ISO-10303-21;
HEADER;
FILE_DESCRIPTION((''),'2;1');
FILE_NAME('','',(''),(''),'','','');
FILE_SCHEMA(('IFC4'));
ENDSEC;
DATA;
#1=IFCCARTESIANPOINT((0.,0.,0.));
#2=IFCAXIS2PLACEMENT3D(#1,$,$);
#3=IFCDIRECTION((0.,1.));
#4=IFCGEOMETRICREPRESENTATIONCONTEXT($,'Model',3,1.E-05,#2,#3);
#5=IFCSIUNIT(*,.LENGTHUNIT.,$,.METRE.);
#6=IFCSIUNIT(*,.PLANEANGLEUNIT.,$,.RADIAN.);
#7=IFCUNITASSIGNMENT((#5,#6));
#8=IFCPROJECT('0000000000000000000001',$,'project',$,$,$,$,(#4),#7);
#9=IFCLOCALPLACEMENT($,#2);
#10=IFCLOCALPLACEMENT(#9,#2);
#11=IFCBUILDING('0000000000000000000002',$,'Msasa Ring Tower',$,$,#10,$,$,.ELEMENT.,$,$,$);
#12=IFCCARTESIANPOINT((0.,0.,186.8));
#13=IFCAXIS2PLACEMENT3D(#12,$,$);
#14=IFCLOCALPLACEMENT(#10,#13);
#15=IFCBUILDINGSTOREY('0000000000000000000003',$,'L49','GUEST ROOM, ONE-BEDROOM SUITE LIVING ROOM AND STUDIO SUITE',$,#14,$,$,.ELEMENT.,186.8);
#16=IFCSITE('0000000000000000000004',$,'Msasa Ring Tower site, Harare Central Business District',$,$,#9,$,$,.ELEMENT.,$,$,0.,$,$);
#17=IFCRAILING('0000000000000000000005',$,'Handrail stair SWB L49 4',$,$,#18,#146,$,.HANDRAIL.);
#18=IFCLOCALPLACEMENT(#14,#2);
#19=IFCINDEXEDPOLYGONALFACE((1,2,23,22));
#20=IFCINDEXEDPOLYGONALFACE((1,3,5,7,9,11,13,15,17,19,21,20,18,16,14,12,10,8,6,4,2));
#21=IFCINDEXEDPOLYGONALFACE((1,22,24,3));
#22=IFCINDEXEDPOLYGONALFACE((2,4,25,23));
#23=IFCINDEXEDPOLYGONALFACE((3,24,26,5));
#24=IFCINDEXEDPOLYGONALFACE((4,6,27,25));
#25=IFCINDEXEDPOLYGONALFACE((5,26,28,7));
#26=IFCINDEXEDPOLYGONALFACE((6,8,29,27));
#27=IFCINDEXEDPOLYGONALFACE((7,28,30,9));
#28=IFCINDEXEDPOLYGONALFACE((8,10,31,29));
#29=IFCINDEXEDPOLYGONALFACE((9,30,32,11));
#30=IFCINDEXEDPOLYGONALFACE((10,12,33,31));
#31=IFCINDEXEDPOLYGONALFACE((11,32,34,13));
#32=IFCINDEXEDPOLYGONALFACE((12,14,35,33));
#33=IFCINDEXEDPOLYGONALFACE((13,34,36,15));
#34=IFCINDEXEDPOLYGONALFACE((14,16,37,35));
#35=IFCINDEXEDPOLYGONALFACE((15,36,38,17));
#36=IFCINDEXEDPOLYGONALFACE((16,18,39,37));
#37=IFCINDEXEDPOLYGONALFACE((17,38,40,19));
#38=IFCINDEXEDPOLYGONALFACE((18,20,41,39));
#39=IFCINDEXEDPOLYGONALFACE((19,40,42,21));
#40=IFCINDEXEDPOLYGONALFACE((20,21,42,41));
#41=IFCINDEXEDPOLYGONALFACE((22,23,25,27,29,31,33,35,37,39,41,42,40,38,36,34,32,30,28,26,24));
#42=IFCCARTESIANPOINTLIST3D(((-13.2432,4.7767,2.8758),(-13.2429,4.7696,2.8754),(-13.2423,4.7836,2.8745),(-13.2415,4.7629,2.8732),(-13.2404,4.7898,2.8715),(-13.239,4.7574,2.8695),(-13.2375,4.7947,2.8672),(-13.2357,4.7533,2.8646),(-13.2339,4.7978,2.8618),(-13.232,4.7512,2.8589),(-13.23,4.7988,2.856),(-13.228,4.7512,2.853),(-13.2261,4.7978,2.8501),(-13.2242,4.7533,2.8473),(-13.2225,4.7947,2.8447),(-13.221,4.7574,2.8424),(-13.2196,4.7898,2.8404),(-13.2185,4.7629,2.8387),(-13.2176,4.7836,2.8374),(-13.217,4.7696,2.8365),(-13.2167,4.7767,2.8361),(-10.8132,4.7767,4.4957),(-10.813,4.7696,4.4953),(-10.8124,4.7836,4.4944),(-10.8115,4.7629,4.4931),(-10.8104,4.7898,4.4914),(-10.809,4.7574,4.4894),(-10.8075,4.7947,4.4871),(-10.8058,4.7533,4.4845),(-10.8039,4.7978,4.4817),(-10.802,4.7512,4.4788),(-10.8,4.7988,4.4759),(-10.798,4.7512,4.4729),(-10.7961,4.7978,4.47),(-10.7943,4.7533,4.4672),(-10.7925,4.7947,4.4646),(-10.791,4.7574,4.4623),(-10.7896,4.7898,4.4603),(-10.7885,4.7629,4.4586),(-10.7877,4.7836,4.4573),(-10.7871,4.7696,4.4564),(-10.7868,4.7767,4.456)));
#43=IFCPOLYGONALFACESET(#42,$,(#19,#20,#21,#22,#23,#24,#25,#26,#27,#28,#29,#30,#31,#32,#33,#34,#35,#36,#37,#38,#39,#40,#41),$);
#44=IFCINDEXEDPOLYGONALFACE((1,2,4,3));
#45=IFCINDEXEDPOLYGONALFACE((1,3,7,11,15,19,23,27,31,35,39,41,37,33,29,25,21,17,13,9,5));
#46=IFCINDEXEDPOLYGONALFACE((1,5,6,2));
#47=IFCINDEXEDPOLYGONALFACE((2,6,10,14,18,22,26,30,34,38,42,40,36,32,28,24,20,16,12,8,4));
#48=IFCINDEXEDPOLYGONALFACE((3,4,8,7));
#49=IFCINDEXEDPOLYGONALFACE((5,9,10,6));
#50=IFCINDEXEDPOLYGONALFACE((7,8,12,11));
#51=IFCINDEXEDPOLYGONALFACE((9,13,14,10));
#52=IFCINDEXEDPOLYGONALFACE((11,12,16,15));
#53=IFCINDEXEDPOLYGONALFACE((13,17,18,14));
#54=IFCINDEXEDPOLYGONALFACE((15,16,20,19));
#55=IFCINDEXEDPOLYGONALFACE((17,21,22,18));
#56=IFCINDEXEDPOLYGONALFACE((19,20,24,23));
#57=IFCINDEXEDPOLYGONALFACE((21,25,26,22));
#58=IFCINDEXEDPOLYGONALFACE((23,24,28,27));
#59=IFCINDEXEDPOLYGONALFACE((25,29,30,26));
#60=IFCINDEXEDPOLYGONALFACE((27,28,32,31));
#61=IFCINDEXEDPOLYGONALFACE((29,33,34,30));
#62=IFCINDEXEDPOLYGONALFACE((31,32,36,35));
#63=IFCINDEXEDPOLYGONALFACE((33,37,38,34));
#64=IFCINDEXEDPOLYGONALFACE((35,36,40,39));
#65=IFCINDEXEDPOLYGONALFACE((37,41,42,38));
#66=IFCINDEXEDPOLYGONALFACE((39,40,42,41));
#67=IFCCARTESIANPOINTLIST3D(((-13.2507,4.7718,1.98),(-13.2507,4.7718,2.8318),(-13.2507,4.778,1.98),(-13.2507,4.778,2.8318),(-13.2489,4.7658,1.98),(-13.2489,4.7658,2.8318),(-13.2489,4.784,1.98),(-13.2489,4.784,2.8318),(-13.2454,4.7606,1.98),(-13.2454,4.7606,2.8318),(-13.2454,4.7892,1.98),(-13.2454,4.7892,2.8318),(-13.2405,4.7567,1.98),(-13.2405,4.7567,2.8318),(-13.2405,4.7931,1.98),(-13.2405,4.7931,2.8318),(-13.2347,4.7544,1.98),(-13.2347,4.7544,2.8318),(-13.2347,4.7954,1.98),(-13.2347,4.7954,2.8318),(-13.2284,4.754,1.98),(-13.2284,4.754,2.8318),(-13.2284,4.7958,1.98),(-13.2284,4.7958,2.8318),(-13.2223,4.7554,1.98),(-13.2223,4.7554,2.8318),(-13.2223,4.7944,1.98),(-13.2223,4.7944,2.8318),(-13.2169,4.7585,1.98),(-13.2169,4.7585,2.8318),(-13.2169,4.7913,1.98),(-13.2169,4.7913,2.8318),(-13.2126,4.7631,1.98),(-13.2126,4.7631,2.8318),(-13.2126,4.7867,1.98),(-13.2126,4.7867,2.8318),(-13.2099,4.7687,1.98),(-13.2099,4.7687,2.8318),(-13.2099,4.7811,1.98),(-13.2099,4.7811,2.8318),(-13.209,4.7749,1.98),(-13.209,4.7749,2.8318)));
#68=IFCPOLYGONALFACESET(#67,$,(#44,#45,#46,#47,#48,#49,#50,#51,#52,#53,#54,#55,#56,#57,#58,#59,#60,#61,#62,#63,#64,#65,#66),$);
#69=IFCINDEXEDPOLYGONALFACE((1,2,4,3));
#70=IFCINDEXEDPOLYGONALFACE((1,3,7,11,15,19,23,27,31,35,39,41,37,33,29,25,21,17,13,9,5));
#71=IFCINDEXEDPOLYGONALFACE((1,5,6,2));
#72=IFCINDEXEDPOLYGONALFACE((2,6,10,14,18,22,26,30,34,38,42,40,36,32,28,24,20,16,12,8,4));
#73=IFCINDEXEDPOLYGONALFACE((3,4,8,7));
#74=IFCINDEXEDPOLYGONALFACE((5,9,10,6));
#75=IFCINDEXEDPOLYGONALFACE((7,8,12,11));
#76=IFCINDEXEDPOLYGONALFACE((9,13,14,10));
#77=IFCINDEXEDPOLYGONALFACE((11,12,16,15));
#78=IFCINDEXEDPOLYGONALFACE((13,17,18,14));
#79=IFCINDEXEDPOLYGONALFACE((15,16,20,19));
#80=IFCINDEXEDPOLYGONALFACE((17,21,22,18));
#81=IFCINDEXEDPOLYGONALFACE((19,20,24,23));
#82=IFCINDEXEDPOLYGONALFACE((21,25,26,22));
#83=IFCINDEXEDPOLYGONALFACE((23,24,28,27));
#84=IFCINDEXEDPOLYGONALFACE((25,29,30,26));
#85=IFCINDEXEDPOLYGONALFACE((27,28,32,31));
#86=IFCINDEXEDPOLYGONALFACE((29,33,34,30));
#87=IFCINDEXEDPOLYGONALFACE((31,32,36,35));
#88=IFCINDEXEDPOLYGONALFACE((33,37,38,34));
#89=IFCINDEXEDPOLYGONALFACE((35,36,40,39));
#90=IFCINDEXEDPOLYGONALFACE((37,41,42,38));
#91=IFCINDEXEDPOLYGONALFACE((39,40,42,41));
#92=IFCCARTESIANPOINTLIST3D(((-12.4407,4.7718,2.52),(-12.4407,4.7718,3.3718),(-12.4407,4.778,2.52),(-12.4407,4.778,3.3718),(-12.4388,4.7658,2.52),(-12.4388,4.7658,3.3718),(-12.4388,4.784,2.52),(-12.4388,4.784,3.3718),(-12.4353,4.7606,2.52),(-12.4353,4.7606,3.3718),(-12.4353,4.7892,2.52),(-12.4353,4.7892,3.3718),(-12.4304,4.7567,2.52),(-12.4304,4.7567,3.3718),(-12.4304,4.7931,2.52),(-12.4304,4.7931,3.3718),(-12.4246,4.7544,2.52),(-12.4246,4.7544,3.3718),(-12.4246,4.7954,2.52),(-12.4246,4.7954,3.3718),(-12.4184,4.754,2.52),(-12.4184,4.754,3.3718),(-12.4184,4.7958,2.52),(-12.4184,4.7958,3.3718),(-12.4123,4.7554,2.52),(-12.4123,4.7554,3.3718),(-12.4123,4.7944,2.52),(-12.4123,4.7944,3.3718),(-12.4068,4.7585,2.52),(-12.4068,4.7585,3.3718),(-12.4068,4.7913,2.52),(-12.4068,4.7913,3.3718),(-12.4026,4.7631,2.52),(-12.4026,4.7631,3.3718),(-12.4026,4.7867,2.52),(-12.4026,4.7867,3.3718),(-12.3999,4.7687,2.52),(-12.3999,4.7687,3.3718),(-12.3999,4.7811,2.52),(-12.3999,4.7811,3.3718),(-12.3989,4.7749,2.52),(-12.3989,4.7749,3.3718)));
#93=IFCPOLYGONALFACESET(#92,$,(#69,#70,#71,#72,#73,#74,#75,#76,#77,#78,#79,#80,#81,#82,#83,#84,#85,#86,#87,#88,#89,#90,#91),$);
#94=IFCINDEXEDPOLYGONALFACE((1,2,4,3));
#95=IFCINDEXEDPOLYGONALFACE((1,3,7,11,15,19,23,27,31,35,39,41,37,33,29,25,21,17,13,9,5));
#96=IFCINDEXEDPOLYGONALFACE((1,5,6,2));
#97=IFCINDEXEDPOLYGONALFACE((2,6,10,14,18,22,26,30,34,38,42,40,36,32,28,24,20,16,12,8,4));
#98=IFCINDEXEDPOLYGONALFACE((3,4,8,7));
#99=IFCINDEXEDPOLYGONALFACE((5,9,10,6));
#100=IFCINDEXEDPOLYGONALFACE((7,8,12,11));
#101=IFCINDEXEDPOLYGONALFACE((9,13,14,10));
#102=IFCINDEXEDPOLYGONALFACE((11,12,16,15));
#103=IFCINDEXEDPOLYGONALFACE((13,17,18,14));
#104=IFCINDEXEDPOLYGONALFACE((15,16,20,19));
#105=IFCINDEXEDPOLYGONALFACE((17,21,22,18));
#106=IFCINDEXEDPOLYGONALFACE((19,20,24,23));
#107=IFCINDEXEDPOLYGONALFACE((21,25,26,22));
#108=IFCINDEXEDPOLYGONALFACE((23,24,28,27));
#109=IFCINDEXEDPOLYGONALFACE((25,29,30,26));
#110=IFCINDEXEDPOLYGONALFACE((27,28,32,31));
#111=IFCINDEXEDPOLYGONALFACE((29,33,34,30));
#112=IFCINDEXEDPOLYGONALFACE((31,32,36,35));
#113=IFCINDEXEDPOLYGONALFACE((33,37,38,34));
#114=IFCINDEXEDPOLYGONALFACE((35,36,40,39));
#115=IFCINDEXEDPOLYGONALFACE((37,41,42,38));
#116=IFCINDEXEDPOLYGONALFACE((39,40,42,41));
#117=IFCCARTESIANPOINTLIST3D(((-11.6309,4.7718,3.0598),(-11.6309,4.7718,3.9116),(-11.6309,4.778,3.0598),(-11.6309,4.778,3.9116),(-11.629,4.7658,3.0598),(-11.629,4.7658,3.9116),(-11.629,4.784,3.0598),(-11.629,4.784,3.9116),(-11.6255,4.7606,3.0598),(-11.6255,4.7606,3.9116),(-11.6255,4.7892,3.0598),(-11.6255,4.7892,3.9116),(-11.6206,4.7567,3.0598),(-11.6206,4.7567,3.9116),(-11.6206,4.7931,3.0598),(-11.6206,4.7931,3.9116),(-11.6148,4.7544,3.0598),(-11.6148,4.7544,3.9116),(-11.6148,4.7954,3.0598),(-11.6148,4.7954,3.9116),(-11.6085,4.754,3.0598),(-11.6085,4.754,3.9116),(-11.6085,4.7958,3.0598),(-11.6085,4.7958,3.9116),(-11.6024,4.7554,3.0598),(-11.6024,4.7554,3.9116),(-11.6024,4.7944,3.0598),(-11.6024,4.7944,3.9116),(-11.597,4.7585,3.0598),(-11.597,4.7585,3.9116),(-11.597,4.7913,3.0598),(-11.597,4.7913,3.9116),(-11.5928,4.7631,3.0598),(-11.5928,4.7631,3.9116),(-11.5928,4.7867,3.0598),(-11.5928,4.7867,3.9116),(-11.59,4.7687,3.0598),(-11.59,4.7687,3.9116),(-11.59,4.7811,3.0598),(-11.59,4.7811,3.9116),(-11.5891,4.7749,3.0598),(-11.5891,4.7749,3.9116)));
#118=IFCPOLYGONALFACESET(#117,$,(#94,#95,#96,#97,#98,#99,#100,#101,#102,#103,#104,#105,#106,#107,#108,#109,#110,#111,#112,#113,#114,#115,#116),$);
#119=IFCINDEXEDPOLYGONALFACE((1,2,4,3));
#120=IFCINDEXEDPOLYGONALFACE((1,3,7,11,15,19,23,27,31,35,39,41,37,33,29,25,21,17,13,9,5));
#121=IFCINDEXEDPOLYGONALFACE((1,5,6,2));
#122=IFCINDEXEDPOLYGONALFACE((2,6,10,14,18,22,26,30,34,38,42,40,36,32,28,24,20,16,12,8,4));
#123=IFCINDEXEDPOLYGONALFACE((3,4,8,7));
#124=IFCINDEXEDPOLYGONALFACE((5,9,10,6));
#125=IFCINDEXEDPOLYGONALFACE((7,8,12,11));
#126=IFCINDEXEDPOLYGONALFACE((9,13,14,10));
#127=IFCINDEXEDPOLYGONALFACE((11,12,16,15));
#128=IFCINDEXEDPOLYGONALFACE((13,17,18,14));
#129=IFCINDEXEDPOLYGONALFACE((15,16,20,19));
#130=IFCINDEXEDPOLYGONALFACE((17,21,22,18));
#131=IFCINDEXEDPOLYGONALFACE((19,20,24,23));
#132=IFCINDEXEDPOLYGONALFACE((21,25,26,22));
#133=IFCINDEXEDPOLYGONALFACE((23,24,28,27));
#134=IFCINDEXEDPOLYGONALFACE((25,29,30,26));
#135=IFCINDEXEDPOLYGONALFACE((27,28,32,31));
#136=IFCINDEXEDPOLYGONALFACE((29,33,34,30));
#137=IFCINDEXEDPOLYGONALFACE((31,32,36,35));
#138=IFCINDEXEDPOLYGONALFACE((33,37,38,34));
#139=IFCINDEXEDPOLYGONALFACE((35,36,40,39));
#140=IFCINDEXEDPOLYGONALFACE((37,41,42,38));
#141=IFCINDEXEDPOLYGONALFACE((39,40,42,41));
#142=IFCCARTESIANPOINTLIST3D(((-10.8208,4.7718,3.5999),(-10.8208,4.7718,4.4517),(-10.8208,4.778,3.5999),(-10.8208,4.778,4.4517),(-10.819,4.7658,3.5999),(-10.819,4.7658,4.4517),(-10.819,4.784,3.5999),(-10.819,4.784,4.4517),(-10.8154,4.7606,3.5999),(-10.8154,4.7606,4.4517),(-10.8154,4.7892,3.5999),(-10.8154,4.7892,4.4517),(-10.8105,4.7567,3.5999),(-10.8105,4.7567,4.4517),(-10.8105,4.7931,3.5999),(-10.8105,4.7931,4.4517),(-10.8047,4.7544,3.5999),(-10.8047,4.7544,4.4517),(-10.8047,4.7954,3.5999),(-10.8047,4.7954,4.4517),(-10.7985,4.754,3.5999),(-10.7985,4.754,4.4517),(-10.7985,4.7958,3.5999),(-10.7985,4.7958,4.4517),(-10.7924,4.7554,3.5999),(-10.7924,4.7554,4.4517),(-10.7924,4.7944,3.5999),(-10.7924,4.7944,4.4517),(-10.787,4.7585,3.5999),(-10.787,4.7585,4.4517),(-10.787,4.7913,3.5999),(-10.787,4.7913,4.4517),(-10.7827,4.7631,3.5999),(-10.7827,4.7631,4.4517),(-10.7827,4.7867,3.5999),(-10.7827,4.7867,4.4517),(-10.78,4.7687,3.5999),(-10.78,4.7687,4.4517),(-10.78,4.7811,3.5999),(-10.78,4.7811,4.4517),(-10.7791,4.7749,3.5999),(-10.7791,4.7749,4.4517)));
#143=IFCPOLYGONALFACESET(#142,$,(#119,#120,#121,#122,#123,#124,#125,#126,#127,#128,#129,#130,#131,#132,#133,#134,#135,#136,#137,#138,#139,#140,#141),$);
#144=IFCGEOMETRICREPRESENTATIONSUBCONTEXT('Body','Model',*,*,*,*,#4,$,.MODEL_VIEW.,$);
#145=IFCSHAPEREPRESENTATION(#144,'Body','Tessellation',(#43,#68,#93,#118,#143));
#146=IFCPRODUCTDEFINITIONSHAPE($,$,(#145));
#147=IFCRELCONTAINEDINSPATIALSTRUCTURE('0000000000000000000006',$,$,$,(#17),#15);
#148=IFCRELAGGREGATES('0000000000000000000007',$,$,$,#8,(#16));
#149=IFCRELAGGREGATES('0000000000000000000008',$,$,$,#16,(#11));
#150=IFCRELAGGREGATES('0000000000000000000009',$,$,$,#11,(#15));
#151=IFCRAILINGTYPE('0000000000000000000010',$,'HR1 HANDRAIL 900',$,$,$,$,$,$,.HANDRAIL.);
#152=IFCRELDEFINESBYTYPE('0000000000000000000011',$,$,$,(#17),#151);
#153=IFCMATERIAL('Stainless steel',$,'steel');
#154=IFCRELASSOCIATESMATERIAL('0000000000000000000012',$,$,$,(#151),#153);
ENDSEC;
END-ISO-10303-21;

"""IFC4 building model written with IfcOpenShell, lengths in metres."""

from ifc_helpers import new_model, si_unit, direction, frame, origin, origin_2d, place, context, subcontext, project, spatial, circle, extrude, material, type_object, element, save


model = new_model("IFC4")

# Units and contexts
model_context = context("Model", 3, precision=1e-05, world=origin(), true_north=direction((0.0, 1.0)))
body_context = subcontext(model_context, "Body", "Model", "MODEL_VIEW")
ifc_project = project(units=[si_unit("LENGTHUNIT", "METRE"), si_unit("PLANEANGLEUNIT", "RADIAN")], contexts=[model_context])

# Site, building, storey
site_placement = place(None, origin())
site = spatial("IfcSite", under=ifc_project, at=site_placement, Name="Msasa Ring Tower site, Harare Central Business District", CompositionType="ELEMENT", RefElevation=0.0)
building_placement = place(site_placement, origin())
building = spatial("IfcBuilding", under=site, at=building_placement, Name="Msasa Ring Tower", CompositionType="ELEMENT")
storey_placement = place(building_placement, frame((0.0, 0.0, 186.8)))
storey = spatial("IfcBuildingStorey", under=building, at=storey_placement, Name="L49", Description="GUEST ROOM, ONE-BEDROOM SUITE LIVING ROOM AND STUDIO SUITE", CompositionType="ELEMENT", Elevation=186.8)

# Railing
ifc_material_1 = material(Name="Stainless steel", Category="steel")
railing_type = type_object("IfcRailingType", Name="HR1 HANDRAIL 900", PredefinedType="HANDRAIL", material=ifc_material_1)
for number, where, name in (
    (1, (-13.23, 4.7749, 1.98), "Handrail stair SWB L49 4"),
):
    element("IfcRailing", number, at=place(storey_placement, frame(where)), inside=storey, type_object=railing_type, Name=name, PredefinedType="HANDRAIL", context=body_context, shape_type="SweptSolid", body=[
        extrude(circle(Radius=0.0239, at=origin_2d()), frame((0.0, 0.0, 0.876), z_axis=(0.832063, 0.0, 0.554681), x_axis=(0.0, 1.0, 0.0)), (0.0, 0.0, 1.0), 2.9204),
        extrude(circle(Radius=0.021, at=origin_2d()), origin(), (0.0, 0.0, 1.0), 0.8518),
        extrude(circle(Radius=0.021, at=origin_2d()), frame((0.8101, 0.0, 0.54)), (0.0, 0.0, 1.0), 0.8518),
        extrude(circle(Radius=0.021, at=origin_2d()), frame((1.6199, 0.0, 1.0798)), (0.0, 0.0, 1.0), 0.8518),
        extrude(circle(Radius=0.021, at=origin_2d()), frame((2.4299, 0.0, 1.6199)), (0.0, 0.0, 1.0), 0.8518),
    ])

save(model, "model.ifc")
